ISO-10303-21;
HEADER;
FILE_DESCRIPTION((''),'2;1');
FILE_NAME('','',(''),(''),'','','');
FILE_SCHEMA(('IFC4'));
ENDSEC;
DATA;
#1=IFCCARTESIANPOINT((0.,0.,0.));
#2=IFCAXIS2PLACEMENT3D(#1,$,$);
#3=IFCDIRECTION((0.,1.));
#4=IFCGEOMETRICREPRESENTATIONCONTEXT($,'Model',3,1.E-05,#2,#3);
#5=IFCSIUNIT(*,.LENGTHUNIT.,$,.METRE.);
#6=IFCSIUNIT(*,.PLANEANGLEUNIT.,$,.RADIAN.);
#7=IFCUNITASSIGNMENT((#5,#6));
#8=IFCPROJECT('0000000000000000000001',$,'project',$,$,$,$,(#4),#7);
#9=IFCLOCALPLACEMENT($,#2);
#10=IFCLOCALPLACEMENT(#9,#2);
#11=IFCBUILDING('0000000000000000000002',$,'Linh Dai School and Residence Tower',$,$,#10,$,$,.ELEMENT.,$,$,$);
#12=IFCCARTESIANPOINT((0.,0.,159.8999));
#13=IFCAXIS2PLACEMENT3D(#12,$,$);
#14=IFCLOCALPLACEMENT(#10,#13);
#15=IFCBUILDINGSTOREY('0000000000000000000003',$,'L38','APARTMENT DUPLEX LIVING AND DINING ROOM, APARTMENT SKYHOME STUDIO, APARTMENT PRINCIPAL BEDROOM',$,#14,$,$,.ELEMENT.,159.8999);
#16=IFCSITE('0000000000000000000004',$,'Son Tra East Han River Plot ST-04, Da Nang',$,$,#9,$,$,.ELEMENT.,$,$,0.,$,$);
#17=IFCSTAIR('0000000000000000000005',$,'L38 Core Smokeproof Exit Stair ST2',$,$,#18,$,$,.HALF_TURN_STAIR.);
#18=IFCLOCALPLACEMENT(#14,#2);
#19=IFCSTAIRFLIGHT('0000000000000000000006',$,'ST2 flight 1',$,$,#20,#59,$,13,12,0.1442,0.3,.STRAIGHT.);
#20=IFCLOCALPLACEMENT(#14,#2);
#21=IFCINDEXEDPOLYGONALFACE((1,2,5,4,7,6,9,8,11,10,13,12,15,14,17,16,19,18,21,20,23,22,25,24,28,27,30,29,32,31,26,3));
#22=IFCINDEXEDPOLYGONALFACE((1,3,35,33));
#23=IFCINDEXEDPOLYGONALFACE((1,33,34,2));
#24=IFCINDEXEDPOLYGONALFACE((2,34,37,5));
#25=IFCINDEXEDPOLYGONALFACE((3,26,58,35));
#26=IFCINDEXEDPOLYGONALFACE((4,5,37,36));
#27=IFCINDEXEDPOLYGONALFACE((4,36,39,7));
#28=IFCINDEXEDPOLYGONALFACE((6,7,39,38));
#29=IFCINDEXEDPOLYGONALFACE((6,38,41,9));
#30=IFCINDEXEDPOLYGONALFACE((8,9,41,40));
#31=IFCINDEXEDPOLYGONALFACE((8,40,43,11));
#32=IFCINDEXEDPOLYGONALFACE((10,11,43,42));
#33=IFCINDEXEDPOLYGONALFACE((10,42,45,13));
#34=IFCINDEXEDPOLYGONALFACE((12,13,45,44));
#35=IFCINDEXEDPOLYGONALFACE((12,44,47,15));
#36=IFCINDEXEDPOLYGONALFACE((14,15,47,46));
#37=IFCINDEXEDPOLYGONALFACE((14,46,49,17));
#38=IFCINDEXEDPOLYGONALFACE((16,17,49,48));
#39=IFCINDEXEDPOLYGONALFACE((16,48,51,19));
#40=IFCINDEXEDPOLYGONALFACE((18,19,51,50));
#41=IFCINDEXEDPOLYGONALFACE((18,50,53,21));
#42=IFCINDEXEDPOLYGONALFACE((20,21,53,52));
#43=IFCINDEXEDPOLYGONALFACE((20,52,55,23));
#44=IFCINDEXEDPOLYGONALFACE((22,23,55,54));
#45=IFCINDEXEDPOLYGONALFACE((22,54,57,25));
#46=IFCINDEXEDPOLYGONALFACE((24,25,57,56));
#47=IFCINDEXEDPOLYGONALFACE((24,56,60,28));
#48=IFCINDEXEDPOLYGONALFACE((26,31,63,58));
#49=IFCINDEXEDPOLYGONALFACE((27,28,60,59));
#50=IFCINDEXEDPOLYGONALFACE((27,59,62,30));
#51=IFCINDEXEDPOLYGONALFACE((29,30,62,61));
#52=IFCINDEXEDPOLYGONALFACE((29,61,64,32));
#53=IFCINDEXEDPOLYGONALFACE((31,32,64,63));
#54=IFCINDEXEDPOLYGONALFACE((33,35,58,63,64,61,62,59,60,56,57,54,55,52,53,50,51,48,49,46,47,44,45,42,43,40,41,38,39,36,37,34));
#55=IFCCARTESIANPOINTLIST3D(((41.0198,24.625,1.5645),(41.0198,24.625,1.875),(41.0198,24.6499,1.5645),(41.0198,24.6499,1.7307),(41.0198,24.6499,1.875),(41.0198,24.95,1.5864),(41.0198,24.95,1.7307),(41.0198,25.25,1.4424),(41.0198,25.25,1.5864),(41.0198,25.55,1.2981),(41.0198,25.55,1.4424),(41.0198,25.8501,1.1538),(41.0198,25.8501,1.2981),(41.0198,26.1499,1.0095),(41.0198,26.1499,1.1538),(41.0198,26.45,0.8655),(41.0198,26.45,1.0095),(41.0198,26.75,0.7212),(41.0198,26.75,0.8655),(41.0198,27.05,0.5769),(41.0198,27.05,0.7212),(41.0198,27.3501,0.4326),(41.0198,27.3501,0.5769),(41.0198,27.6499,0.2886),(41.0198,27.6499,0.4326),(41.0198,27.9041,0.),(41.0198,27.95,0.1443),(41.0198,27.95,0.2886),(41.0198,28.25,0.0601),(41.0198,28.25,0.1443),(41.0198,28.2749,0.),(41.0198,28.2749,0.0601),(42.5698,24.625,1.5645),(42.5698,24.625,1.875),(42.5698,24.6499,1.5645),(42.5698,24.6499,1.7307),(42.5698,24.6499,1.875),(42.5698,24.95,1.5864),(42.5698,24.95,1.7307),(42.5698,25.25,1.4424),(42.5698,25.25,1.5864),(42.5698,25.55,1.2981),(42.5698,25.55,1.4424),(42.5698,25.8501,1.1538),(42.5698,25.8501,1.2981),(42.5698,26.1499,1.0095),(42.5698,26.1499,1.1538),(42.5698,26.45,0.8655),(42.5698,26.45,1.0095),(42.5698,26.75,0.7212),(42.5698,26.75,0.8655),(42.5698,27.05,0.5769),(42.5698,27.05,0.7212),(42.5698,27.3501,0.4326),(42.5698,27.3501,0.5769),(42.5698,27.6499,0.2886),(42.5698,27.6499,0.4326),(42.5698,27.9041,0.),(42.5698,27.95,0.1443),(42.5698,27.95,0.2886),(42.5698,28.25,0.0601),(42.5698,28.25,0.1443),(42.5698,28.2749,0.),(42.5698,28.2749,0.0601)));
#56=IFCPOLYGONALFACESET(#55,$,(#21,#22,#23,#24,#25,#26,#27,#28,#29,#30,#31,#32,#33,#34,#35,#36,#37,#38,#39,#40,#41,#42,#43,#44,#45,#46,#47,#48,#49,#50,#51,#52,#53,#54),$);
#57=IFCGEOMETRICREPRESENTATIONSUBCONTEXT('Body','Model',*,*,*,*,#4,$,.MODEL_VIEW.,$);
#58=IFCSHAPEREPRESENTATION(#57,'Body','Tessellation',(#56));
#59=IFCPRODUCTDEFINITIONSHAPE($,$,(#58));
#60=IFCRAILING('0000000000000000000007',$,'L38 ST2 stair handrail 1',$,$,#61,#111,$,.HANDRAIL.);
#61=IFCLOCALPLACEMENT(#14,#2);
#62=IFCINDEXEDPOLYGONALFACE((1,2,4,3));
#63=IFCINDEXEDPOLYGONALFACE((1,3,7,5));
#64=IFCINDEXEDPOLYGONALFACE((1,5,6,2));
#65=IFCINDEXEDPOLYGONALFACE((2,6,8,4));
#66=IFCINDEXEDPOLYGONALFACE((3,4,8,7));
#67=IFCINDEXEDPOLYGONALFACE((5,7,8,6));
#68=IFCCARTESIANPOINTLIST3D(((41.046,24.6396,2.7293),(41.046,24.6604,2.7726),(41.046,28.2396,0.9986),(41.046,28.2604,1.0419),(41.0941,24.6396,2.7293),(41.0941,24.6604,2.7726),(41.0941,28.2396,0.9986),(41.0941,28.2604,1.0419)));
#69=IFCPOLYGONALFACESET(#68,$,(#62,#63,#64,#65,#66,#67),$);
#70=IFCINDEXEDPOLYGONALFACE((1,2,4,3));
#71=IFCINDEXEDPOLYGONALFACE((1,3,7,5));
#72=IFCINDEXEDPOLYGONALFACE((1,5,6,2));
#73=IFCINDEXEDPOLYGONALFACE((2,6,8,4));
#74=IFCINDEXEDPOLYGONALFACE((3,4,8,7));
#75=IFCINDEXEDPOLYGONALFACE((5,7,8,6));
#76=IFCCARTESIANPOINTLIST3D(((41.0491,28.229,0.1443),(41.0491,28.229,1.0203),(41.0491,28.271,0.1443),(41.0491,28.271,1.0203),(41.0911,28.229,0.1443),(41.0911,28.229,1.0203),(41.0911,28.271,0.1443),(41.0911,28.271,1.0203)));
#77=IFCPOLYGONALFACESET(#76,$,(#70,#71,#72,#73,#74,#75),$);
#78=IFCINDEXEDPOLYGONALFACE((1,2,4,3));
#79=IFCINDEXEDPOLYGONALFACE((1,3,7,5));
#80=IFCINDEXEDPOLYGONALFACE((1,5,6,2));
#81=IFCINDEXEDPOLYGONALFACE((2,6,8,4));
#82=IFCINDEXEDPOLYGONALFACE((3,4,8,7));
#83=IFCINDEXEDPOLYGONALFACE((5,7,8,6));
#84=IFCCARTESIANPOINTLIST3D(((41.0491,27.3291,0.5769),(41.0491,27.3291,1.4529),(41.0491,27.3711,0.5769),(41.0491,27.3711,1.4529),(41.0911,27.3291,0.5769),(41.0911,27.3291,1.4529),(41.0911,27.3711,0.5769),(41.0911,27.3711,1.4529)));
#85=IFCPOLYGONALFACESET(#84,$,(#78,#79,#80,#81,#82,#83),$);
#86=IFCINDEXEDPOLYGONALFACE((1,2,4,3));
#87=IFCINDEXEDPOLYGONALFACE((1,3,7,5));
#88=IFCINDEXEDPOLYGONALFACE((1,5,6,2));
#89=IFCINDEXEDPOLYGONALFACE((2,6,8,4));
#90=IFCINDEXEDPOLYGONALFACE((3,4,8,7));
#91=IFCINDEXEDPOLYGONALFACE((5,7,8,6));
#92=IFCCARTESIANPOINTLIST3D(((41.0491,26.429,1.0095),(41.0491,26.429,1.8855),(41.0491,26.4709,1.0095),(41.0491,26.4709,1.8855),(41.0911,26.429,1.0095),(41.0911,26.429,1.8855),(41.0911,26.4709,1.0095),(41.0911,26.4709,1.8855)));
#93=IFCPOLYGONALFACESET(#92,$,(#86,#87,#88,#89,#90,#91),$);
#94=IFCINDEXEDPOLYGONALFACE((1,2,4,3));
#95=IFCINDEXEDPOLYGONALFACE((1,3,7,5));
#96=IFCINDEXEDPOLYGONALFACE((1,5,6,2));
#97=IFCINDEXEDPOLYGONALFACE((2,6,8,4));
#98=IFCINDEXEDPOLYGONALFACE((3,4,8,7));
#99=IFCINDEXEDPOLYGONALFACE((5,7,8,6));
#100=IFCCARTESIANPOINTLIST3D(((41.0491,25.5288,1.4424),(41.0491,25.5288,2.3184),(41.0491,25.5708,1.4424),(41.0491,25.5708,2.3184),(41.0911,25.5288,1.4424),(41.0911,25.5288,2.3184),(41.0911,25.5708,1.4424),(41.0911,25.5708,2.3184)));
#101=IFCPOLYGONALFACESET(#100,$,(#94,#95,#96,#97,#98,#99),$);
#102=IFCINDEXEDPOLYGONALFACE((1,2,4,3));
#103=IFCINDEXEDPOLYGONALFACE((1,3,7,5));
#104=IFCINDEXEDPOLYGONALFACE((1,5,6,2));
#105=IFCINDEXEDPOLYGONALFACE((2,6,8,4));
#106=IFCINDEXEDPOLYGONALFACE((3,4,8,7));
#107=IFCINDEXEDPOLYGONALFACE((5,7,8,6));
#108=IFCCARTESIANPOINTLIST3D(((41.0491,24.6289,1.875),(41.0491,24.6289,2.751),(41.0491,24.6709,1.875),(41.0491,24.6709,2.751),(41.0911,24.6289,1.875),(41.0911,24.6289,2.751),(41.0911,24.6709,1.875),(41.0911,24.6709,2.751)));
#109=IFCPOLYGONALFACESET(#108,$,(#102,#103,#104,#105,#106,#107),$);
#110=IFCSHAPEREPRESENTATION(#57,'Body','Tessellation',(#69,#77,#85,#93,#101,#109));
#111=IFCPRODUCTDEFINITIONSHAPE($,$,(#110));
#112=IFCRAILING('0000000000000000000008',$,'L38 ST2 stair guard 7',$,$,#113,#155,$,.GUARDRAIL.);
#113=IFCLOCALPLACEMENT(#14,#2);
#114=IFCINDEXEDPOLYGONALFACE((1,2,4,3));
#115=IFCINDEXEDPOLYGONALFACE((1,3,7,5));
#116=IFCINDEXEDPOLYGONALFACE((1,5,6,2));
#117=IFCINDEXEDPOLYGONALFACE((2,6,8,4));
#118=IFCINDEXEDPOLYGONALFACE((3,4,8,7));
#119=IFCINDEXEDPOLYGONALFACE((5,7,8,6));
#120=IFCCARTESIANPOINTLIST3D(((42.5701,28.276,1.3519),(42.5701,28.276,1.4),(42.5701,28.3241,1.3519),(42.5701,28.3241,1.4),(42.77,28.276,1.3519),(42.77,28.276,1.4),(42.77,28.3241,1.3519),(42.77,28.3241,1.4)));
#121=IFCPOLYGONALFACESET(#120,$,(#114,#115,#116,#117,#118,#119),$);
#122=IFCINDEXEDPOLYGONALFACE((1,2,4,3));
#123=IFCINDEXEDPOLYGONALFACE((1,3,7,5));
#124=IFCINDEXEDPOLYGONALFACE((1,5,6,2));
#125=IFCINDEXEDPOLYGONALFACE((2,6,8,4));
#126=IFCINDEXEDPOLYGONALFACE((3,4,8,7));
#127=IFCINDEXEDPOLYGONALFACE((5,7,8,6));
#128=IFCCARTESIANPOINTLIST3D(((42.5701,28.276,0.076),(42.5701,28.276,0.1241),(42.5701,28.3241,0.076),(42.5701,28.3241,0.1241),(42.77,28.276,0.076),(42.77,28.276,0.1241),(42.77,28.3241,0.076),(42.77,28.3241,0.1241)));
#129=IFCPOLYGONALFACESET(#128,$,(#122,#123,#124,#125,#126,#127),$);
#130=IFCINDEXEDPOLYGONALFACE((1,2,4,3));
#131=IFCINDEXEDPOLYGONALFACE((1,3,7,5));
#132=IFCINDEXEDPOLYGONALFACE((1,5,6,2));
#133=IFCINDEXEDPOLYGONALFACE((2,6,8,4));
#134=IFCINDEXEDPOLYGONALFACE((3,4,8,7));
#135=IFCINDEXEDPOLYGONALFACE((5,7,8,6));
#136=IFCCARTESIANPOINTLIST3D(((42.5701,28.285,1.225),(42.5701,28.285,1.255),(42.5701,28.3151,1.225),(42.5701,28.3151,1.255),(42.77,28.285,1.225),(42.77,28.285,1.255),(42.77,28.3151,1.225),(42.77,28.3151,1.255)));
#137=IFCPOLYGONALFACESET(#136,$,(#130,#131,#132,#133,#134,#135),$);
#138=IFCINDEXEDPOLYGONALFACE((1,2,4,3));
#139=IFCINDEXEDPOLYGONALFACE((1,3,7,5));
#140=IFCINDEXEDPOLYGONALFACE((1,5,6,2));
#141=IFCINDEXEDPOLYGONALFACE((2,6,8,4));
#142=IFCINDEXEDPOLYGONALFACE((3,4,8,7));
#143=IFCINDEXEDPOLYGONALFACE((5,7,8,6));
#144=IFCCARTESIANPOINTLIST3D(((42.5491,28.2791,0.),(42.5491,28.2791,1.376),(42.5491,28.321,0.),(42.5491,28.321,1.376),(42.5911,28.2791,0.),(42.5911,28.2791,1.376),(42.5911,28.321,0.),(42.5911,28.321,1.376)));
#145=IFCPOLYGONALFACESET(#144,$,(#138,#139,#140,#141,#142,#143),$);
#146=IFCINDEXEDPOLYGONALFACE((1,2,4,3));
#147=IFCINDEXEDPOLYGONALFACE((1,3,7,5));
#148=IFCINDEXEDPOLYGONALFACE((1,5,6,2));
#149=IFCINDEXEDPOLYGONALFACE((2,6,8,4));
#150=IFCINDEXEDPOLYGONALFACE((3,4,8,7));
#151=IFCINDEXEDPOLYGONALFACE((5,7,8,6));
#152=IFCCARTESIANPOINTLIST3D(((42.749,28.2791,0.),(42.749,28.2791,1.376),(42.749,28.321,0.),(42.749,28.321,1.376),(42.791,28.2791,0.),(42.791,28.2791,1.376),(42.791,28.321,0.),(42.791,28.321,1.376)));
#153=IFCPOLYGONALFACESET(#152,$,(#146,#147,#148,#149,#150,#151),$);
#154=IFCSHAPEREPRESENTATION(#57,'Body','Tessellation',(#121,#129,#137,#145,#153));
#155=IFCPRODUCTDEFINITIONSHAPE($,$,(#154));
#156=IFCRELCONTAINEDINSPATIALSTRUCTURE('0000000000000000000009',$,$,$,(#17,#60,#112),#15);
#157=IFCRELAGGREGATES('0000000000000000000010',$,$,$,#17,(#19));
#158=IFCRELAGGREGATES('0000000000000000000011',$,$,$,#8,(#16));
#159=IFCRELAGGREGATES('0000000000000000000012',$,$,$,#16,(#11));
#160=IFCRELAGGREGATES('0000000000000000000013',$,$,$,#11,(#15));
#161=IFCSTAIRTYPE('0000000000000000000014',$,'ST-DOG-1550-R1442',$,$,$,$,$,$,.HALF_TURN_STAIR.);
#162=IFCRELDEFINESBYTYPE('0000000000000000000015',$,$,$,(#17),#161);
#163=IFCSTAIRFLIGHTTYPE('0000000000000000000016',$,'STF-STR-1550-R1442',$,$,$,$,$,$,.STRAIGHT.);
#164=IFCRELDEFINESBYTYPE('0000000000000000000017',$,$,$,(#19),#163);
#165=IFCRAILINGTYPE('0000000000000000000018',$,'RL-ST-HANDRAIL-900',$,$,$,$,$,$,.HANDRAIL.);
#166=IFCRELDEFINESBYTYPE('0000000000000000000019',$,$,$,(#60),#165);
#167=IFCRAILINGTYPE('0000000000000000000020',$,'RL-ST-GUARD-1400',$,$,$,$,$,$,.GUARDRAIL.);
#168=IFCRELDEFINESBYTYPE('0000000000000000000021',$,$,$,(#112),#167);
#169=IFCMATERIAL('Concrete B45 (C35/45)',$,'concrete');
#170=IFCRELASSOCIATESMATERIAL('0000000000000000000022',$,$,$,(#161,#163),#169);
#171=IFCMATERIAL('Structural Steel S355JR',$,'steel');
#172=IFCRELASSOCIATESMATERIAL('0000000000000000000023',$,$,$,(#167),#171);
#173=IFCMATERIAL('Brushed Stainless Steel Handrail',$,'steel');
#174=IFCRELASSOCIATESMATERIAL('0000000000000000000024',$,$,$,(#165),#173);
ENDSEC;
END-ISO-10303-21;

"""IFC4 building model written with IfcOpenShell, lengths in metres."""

from ifc_helpers import new_model, si_unit, direction, frame, origin, origin_2d, place, context, subcontext, project, spatial, polyline, rectangle, outline, extrude, source, transform, mapped, material, type_object, element, aggregate, save


model = new_model("IFC4")

# Units and contexts
model_context = context("Model", 3, precision=1e-05, world=origin(), true_north=direction((0.0, 1.0)))
body_context = subcontext(model_context, "Body", "Model", "MODEL_VIEW")
ifc_project = project(units=[si_unit("LENGTHUNIT", "METRE"), si_unit("PLANEANGLEUNIT", "RADIAN")], contexts=[model_context])

# Site, building, storey
site_placement = place(None, origin())
site = spatial("IfcSite", under=ifc_project, at=site_placement, Name="Son Tra East Han River Plot ST-04, Da Nang", CompositionType="ELEMENT", RefElevation=0.0)
building_placement = place(site_placement, origin())
building = spatial("IfcBuilding", under=site, at=building_placement, Name="Linh Dai School and Residence Tower", CompositionType="ELEMENT")
storey_placement = place(building_placement, frame((0.0, 0.0, 159.8999)))
storey = spatial("IfcBuildingStorey", under=building, at=storey_placement, Name="L38", Description="APARTMENT DUPLEX LIVING AND DINING ROOM, APARTMENT SKYHOME STUDIO, APARTMENT PRINCIPAL BEDROOM", CompositionType="ELEMENT", Elevation=159.8999)

# Shared definitions
ifc_material_1 = material(Name="Structural Steel S355JR", Category="steel")

# Shared definitions
ifc_material_2 = material(Name="Concrete B45 (C35/45)", Category="concrete")

# Stair, stair flight
stair_type = type_object("IfcStairType", Name="ST-DOG-1550-R1442", PredefinedType="HALF_TURN_STAIR", material=ifc_material_2)
stair_placement = place(storey_placement, origin())
stair = element("IfcStair", 1, at=stair_placement, inside=storey, type_object=stair_type, Name="L38 Core Smokeproof Exit Stair ST2", PredefinedType="HALF_TURN_STAIR")
stair_flight_type = type_object("IfcStairFlightType", Name="STF-STR-1550-R1442", PredefinedType="STRAIGHT", material=ifc_material_2)
shared_shape_1 = source(origin(), body_context, "Body", "SweptSolid", [
    extrude(outline(polyline([(-0.0249, 0.0), (-0.0249, 0.0601), (0.0, 0.0601), (0.0, 0.1443), (0.3, 0.1443), (0.3, 0.2886), (0.6001, 0.2886), (0.6001, 0.4326), (0.8999, 0.4326), (0.8999, 0.5769), (1.2, 0.5769), (1.2, 0.7212), (1.5, 0.7212), (1.5, 0.8655), (1.8, 0.8655), (1.8, 1.0095), (2.1001, 1.0095), (2.1001, 1.1538), (2.3999, 1.1538), (2.3999, 1.2981), (2.7, 1.2981), (2.7, 1.4424), (3.0, 1.4424), (3.0, 1.5864), (3.3, 1.5864), (3.3, 1.7307), (3.6001, 1.7307), (3.6001, 1.875), (3.625, 1.875), (3.625, 1.5645), (3.6001, 1.5645), (0.3459, 0.0), (-0.0249, 0.0)])), frame((0.0, 0.7749, 0.0), z_axis=(0.0, -1.0, 0.0), x_axis=(1.0, 0.0, 0.0)), (0.0, 0.0, 1.0), 1.55),
])
stair_flight_placement = place(storey_placement, frame((41.7949, 28.25, 0.0), z_axis=(0.0, 0.0, 1.0), x_axis=(0.0, -1.0, 0.0)))
stair_flight = element("IfcStairFlight", 2, at=stair_flight_placement, type_object=stair_flight_type, Name="ST2 flight 1", NumberOfRisers=13, NumberOfTreads=12, PredefinedType="STRAIGHT", RiserHeight=0.1442, TreadLength=0.3, context=body_context, shape_type="MappedRepresentation", body=[
    mapped(shared_shape_1, transform((0.0, 0.0, 0.0), x_axis=(1.0, 0.0, 0.0), y_axis=(0.0, 1.0, 0.0), z_axis=(0.0, 0.0, 1.0), scale=1.0)),
])
aggregate(stair, [stair_flight])

# Railings
railing_type_1 = type_object("IfcRailingType", Name="RL-ST-GUARD-1400", PredefinedType="GUARDRAIL", material=ifc_material_1)
ifc_material_3 = material(Name="Brushed Stainless Steel Handrail", Category="steel")
railing_type_2 = type_object("IfcRailingType", Name="RL-ST-HANDRAIL-900", PredefinedType="HANDRAIL", material=ifc_material_3)
shared_shape_2 = source(origin(), body_context, "Body", "SweptSolid", [
    extrude(rectangle(XDim=0.0481, YDim=0.0481, at=origin_2d()), frame((0.0, 0.0, 0.876), z_axis=(0.0, -0.901263, 0.433273), x_axis=(1.0, 0.0, 0.0)), (0.0, 0.0, 1.0), 3.9944),
    extrude(rectangle(XDim=0.042, YDim=0.042, at=origin_2d()), origin(), (0.0, 0.0, 1.0), 0.876),
    extrude(rectangle(XDim=0.042, YDim=0.042, at=origin_2d()), frame((0.0, -0.8999, 0.4326)), (0.0, 0.0, 1.0), 0.876),
    extrude(rectangle(XDim=0.042, YDim=0.042, at=origin_2d()), frame((0.0, -1.8, 0.8652)), (0.0, 0.0, 1.0), 0.876),
    extrude(rectangle(XDim=0.042, YDim=0.042, at=origin_2d()), frame((0.0, -2.7002, 1.2981)), (0.0, 0.0, 1.0), 0.876),
    extrude(rectangle(XDim=0.042, YDim=0.042, at=origin_2d()), frame((0.0, -3.6001, 1.7307)), (0.0, 0.0, 1.0), 0.876),
])
railing_1_placement = place(storey_placement, frame((41.0701, 28.25, 0.1443)))
element("IfcRailing", 3, at=railing_1_placement, inside=storey, type_object=railing_type_2, Name="L38 ST2 stair handrail 1", PredefinedType="HANDRAIL", context=body_context, shape_type="MappedRepresentation", body=[
    mapped(shared_shape_2, transform((0.0, 0.0, 0.0), x_axis=(1.0, 0.0, 0.0), y_axis=(0.0, 1.0, 0.0), z_axis=(0.0, 0.0, 1.0), scale=1.0)),
])
shared_shape_3 = source(origin(), body_context, "Body", "SweptSolid", [
    extrude(rectangle(XDim=0.0481, YDim=0.0481, at=origin_2d()), frame((0.0, 0.0, 1.376), z_axis=(1.0, 0.0, 0.0), x_axis=(0.0, 1.0, 0.0)), (0.0, 0.0, 1.0), 0.2),
    extrude(rectangle(XDim=0.0481, YDim=0.0481, at=origin_2d()), frame((0.0, 0.0, 0.1001), z_axis=(1.0, 0.0, 0.0), x_axis=(0.0, 1.0, 0.0)), (0.0, 0.0, 1.0), 0.2),
    extrude(rectangle(XDim=0.03, YDim=0.03, at=origin_2d()), frame((0.0, 0.0, 1.24), z_axis=(1.0, 0.0, 0.0), x_axis=(0.0, 1.0, 0.0)), (0.0, 0.0, 1.0), 0.2),
    extrude(rectangle(XDim=0.042, YDim=0.042, at=origin_2d()), origin(), (0.0, 0.0, 1.0), 1.376),
    extrude(rectangle(XDim=0.042, YDim=0.042, at=origin_2d()), frame((0.2, 0.0, 0.0)), (0.0, 0.0, 1.0), 1.376),
])
railing_2_placement = place(storey_placement, frame((42.5701, 28.3, 0.0)))
element("IfcRailing", 4, at=railing_2_placement, inside=storey, type_object=railing_type_1, Name="L38 ST2 stair guard 7", PredefinedType="GUARDRAIL", context=body_context, shape_type="MappedRepresentation", body=[
    mapped(shared_shape_3, transform((0.0, 0.0, 0.0), x_axis=(1.0, 0.0, 0.0), y_axis=(0.0, 1.0, 0.0), z_axis=(0.0, 0.0, 1.0), scale=1.0)),
])

save(model, "model.ifc")
